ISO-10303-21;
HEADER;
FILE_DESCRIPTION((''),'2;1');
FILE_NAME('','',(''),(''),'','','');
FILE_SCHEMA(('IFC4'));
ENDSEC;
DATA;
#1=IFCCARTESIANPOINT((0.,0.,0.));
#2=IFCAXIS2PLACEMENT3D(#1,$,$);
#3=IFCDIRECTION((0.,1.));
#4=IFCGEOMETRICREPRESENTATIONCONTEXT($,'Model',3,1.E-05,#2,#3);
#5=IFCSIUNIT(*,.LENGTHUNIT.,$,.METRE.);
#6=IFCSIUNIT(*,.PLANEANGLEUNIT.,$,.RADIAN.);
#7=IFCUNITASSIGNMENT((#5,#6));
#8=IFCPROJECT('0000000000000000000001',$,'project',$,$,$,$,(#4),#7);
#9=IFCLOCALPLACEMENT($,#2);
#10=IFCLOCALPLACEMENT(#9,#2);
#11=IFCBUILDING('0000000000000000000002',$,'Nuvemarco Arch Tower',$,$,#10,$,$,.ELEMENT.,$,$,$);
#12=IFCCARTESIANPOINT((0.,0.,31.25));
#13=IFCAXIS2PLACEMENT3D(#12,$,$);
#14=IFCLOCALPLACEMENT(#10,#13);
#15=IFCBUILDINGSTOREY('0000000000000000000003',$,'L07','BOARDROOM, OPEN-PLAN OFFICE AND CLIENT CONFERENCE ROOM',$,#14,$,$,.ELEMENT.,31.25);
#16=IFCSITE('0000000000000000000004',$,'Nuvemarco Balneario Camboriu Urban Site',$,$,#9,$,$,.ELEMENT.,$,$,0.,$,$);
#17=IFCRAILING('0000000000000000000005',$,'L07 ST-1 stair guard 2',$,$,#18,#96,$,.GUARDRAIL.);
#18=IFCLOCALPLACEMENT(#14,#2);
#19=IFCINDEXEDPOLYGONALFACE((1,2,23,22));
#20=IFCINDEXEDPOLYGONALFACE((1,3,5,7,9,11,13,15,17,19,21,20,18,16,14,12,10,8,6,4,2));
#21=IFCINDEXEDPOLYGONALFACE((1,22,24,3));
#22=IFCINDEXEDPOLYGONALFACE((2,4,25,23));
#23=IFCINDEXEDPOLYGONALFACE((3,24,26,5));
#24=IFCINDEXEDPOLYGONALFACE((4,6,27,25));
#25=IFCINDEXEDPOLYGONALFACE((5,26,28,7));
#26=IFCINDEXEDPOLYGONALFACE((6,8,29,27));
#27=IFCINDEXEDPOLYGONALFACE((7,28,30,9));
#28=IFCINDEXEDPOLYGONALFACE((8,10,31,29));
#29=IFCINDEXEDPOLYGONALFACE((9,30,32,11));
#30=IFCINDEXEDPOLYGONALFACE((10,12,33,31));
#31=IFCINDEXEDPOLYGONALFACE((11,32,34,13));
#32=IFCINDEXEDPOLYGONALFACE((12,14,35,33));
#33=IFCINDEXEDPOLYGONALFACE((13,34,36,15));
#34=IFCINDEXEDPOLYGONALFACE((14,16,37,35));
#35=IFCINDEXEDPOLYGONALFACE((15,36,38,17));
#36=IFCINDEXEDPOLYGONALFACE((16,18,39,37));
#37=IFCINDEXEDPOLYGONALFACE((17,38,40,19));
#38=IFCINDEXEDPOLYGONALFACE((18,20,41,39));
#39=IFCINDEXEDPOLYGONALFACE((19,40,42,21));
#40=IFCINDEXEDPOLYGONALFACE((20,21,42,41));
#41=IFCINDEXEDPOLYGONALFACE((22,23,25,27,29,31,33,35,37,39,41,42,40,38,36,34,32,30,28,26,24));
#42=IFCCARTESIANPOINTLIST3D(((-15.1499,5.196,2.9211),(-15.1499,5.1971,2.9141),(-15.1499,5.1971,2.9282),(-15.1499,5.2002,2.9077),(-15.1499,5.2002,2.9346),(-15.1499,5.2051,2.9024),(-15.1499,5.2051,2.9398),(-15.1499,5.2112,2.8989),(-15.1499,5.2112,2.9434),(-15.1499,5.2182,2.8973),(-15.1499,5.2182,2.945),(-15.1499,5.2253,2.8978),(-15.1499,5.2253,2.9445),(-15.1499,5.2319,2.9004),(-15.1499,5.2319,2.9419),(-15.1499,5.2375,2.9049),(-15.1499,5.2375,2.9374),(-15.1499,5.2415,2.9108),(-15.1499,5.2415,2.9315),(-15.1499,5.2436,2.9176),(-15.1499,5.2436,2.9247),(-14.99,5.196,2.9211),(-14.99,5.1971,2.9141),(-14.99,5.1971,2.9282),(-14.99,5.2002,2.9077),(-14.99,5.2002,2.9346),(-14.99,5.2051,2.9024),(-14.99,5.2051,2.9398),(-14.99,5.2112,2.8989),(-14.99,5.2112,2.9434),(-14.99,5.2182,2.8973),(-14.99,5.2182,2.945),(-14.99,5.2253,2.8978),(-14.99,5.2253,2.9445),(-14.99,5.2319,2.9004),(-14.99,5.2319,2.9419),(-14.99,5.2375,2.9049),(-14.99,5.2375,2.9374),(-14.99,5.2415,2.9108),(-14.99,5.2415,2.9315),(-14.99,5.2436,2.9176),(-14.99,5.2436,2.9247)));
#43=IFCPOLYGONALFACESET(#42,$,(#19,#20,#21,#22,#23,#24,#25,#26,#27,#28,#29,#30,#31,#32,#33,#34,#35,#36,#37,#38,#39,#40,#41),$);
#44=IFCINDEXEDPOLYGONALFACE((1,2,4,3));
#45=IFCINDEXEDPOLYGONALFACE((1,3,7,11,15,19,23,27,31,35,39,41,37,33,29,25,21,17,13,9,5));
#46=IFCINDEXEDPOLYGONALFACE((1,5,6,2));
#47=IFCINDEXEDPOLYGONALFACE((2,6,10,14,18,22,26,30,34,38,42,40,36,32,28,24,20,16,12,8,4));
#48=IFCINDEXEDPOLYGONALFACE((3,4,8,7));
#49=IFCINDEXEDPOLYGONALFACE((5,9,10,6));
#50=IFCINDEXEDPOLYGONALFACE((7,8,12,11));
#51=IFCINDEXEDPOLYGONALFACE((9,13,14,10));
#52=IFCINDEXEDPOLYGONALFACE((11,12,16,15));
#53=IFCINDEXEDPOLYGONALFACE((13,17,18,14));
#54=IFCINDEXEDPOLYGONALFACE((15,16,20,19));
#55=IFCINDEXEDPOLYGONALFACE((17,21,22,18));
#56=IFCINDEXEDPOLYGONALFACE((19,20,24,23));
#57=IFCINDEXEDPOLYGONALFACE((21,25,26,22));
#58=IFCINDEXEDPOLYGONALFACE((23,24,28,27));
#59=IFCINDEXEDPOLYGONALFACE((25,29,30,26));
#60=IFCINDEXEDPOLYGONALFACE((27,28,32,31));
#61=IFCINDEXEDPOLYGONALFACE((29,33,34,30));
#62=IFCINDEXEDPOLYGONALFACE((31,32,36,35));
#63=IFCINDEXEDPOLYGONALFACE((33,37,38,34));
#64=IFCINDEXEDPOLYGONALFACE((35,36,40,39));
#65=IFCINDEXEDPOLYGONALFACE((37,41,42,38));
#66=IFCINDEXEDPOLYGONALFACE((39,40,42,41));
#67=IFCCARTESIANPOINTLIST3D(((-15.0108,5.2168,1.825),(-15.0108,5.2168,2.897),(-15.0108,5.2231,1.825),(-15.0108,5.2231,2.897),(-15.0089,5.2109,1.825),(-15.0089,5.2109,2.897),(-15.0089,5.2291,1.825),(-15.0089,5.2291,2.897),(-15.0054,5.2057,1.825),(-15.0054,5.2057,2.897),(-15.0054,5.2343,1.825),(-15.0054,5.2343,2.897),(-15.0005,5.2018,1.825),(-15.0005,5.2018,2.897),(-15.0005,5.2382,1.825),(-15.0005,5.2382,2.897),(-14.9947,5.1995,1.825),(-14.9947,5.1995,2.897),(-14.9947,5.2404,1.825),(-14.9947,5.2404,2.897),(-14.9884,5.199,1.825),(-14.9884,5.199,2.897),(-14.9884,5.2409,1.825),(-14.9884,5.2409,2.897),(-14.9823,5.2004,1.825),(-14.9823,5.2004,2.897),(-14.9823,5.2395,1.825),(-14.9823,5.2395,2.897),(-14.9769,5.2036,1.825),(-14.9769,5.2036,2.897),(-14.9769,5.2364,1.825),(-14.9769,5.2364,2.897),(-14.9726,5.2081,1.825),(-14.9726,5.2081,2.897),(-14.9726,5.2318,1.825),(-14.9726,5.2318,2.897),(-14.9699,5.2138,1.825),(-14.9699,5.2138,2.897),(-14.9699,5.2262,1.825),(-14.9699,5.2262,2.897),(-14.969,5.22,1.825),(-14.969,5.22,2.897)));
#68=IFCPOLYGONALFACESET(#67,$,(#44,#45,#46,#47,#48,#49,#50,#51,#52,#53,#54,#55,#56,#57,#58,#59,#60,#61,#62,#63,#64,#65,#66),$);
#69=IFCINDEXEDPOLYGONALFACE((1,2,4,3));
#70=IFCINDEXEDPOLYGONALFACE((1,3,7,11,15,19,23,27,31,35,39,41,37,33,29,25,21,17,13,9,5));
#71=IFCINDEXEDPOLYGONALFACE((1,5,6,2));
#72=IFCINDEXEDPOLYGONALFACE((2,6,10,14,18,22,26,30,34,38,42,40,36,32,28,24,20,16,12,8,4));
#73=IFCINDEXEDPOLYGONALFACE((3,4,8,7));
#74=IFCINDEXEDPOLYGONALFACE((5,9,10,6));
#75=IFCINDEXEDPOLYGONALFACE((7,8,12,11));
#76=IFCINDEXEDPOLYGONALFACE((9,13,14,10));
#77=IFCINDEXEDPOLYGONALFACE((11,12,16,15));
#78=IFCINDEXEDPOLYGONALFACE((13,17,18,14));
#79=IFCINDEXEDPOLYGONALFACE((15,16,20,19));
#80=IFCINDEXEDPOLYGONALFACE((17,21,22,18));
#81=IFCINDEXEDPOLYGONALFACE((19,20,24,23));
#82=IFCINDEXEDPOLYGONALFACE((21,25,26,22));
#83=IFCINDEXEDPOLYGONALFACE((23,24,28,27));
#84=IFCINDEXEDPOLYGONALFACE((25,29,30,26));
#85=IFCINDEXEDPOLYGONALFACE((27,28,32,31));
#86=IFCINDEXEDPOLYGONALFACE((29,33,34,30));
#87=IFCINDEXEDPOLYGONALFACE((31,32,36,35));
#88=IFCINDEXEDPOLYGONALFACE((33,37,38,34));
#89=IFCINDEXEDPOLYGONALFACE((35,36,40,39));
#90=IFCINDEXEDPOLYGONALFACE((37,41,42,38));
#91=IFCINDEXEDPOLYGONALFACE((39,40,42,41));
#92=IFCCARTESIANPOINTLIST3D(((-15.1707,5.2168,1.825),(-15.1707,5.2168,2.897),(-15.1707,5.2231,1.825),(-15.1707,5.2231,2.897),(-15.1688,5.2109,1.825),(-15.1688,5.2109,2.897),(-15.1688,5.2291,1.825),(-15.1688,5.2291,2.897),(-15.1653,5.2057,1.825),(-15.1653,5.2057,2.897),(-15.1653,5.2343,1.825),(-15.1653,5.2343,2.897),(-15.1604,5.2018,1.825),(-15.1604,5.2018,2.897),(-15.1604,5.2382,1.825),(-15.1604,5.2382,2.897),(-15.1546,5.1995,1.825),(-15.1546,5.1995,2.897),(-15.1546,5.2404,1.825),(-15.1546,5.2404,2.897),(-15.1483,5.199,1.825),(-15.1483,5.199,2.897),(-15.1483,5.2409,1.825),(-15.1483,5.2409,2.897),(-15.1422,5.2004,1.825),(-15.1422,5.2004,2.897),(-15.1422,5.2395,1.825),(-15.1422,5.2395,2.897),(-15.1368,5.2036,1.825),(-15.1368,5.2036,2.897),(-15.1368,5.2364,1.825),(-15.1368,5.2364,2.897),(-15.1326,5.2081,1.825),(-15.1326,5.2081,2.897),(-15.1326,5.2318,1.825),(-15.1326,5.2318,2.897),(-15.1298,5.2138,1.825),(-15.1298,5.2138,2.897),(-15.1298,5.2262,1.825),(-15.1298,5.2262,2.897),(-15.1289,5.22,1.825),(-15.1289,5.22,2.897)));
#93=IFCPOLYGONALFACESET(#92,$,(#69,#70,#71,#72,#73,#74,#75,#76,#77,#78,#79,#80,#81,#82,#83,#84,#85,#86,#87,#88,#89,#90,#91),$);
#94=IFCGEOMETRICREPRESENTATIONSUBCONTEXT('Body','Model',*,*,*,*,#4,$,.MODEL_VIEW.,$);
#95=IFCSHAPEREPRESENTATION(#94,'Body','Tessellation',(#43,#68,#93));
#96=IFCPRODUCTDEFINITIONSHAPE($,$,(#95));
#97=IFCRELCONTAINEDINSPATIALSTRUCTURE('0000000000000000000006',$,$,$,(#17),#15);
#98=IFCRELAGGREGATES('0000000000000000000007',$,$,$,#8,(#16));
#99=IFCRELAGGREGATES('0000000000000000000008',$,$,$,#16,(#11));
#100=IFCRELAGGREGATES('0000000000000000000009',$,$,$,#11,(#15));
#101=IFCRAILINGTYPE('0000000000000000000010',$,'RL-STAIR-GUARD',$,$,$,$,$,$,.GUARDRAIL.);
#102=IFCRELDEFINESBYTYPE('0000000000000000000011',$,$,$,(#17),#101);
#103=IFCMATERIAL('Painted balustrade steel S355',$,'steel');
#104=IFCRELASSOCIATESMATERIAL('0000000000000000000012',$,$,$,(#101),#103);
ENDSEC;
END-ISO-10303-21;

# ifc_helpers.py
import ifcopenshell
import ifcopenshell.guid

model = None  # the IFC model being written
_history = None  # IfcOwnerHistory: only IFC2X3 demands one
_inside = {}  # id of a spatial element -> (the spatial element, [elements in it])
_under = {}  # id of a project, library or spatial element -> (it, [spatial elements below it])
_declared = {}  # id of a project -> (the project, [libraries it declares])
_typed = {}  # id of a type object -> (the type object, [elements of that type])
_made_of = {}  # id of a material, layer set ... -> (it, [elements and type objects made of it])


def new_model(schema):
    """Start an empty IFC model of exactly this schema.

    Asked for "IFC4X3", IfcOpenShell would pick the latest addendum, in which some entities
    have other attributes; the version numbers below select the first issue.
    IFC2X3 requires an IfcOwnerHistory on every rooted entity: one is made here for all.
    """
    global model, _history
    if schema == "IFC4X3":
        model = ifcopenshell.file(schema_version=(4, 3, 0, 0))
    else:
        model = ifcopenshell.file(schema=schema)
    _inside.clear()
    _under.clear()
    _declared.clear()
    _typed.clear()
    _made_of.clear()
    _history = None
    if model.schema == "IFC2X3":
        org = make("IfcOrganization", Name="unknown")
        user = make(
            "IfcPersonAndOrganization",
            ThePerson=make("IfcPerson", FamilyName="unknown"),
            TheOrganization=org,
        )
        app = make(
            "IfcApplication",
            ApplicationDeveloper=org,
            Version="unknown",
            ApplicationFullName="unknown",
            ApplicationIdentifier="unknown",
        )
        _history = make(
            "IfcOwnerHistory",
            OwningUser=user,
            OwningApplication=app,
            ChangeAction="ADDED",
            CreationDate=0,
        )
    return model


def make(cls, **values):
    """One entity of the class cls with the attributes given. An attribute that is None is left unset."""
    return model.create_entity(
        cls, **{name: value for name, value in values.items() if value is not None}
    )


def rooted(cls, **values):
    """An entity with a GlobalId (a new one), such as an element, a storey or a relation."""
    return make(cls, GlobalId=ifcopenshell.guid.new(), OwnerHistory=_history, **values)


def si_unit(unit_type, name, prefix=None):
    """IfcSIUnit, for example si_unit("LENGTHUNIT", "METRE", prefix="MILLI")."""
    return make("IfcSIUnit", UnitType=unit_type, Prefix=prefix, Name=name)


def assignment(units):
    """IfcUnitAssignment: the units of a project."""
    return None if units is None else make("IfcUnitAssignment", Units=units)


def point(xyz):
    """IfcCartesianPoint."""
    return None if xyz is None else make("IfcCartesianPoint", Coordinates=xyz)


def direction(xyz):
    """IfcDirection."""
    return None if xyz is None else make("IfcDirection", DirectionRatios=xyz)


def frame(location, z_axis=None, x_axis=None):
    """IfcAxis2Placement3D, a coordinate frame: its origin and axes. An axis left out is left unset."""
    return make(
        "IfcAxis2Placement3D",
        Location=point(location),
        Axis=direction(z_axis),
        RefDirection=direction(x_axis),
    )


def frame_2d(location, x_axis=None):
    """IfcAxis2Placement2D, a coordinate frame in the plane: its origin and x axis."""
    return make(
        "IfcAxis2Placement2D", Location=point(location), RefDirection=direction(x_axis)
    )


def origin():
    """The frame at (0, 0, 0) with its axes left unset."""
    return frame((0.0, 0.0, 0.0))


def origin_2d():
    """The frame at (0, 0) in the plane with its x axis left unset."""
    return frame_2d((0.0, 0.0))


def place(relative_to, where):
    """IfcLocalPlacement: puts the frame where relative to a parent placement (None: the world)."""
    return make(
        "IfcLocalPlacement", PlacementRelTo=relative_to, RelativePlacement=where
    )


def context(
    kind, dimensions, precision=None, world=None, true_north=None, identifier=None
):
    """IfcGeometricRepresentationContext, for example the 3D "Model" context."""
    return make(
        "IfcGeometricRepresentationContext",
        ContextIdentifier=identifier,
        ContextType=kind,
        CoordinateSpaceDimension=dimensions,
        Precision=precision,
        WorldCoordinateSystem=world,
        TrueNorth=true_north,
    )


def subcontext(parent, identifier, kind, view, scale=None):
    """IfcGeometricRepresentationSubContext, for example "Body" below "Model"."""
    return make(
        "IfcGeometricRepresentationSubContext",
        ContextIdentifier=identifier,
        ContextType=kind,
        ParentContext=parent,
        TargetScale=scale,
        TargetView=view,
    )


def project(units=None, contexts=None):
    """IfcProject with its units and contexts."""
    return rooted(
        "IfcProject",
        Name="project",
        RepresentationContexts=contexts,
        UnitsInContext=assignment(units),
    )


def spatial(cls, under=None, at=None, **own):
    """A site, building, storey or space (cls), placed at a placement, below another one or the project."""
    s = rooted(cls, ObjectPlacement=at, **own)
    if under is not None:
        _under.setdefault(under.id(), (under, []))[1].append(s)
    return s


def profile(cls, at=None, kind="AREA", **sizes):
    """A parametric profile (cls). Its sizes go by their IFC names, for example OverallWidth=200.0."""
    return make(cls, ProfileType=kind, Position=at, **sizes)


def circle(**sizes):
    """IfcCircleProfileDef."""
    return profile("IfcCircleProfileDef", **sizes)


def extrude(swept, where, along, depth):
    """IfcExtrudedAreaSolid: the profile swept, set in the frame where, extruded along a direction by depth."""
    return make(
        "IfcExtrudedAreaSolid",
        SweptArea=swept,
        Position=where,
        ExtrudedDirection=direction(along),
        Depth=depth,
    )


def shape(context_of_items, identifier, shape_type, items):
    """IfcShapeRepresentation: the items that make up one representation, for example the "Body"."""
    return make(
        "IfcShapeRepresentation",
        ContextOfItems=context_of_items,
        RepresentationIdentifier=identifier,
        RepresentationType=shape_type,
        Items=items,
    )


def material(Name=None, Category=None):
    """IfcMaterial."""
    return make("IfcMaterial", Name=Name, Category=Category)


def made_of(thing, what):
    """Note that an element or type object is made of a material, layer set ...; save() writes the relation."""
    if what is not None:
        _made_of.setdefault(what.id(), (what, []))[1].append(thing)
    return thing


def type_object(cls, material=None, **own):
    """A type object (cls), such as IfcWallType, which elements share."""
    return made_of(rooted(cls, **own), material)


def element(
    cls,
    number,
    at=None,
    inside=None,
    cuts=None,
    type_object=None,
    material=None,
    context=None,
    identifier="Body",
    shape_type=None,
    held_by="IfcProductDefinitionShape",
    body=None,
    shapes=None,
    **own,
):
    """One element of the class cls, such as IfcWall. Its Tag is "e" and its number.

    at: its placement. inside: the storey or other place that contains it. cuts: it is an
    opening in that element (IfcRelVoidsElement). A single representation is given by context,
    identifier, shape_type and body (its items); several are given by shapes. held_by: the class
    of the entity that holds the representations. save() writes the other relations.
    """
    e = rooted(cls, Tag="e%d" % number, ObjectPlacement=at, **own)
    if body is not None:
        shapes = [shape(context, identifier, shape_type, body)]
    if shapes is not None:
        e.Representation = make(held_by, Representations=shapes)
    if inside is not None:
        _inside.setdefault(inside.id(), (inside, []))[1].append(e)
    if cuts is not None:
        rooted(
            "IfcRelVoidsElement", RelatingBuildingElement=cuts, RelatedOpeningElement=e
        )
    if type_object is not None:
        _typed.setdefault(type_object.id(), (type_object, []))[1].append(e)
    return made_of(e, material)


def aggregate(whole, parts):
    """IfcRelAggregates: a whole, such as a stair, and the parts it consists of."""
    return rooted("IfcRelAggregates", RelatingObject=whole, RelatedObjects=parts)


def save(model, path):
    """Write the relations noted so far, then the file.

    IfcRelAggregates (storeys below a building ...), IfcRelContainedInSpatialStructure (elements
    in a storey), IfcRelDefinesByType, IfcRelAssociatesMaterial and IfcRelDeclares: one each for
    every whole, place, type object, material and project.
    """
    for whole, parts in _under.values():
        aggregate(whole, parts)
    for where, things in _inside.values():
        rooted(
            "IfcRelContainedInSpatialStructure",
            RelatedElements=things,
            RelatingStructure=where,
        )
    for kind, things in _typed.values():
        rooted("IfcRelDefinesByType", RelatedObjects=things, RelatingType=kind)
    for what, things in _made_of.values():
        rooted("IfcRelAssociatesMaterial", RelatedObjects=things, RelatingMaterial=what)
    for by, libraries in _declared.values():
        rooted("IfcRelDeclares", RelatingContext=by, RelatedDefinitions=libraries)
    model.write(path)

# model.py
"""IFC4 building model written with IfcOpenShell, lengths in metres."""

from ifc_helpers import new_model, si_unit, direction, frame, origin, origin_2d, place, context, subcontext, project, spatial, circle, extrude, material, type_object, element, save


model = new_model("IFC4")

# Units and contexts
model_context = context("Model", 3, precision=1e-05, world=origin(), true_north=direction((0.0, 1.0)))
body_context = subcontext(model_context, "Body", "Model", "MODEL_VIEW")
ifc_project = project(units=[si_unit("LENGTHUNIT", "METRE"), si_unit("PLANEANGLEUNIT", "RADIAN")], contexts=[model_context])

# Site, building, storey
site_placement = place(None, origin())
site = spatial("IfcSite", under=ifc_project, at=site_placement, Name="Nuvemarco Balneario Camboriu Urban Site", CompositionType="ELEMENT", RefElevation=0.0)
building_placement = place(site_placement, origin())
building = spatial("IfcBuilding", under=site, at=building_placement, Name="Nuvemarco Arch Tower", CompositionType="ELEMENT")
storey_placement = place(building_placement, frame((0.0, 0.0, 31.25)))
storey = spatial("IfcBuildingStorey", under=building, at=storey_placement, Name="L07", Description="BOARDROOM, OPEN-PLAN OFFICE AND CLIENT CONFERENCE ROOM", CompositionType="ELEMENT", Elevation=31.25)

# Railing
ifc_material_1 = material(Name="Painted balustrade steel S355", Category="steel")
railing_type_1 = type_object("IfcRailingType", Name="RL-STAIR-GUARD", PredefinedType="GUARDRAIL", material=ifc_material_1)
railing_1_placement = place(storey_placement, frame((-14.99, 5.22, 1.825)))
element("IfcRailing", 1, at=railing_1_placement, inside=storey, type_object=railing_type_1, Name="L07 ST-1 stair guard 2", PredefinedType="GUARDRAIL", context=body_context, shape_type="SweptSolid", body=[
    extrude(circle(Radius=0.0239, at=origin_2d()), frame((0.0, 0.0, 1.0962), z_axis=(-1.0, 0.0, 0.0), x_axis=(0.0, -1.0, 0.0)), (0.0, 0.0, 1.0), 0.1599),
    extrude(circle(Radius=0.021, at=origin_2d()), origin(), (0.0, 0.0, 1.0), 1.072),
    extrude(circle(Radius=0.021, at=origin_2d()), frame((-0.1599, 0.0, 0.0)), (0.0, 0.0, 1.0), 1.072),
])

save(model, "model.ifc")
